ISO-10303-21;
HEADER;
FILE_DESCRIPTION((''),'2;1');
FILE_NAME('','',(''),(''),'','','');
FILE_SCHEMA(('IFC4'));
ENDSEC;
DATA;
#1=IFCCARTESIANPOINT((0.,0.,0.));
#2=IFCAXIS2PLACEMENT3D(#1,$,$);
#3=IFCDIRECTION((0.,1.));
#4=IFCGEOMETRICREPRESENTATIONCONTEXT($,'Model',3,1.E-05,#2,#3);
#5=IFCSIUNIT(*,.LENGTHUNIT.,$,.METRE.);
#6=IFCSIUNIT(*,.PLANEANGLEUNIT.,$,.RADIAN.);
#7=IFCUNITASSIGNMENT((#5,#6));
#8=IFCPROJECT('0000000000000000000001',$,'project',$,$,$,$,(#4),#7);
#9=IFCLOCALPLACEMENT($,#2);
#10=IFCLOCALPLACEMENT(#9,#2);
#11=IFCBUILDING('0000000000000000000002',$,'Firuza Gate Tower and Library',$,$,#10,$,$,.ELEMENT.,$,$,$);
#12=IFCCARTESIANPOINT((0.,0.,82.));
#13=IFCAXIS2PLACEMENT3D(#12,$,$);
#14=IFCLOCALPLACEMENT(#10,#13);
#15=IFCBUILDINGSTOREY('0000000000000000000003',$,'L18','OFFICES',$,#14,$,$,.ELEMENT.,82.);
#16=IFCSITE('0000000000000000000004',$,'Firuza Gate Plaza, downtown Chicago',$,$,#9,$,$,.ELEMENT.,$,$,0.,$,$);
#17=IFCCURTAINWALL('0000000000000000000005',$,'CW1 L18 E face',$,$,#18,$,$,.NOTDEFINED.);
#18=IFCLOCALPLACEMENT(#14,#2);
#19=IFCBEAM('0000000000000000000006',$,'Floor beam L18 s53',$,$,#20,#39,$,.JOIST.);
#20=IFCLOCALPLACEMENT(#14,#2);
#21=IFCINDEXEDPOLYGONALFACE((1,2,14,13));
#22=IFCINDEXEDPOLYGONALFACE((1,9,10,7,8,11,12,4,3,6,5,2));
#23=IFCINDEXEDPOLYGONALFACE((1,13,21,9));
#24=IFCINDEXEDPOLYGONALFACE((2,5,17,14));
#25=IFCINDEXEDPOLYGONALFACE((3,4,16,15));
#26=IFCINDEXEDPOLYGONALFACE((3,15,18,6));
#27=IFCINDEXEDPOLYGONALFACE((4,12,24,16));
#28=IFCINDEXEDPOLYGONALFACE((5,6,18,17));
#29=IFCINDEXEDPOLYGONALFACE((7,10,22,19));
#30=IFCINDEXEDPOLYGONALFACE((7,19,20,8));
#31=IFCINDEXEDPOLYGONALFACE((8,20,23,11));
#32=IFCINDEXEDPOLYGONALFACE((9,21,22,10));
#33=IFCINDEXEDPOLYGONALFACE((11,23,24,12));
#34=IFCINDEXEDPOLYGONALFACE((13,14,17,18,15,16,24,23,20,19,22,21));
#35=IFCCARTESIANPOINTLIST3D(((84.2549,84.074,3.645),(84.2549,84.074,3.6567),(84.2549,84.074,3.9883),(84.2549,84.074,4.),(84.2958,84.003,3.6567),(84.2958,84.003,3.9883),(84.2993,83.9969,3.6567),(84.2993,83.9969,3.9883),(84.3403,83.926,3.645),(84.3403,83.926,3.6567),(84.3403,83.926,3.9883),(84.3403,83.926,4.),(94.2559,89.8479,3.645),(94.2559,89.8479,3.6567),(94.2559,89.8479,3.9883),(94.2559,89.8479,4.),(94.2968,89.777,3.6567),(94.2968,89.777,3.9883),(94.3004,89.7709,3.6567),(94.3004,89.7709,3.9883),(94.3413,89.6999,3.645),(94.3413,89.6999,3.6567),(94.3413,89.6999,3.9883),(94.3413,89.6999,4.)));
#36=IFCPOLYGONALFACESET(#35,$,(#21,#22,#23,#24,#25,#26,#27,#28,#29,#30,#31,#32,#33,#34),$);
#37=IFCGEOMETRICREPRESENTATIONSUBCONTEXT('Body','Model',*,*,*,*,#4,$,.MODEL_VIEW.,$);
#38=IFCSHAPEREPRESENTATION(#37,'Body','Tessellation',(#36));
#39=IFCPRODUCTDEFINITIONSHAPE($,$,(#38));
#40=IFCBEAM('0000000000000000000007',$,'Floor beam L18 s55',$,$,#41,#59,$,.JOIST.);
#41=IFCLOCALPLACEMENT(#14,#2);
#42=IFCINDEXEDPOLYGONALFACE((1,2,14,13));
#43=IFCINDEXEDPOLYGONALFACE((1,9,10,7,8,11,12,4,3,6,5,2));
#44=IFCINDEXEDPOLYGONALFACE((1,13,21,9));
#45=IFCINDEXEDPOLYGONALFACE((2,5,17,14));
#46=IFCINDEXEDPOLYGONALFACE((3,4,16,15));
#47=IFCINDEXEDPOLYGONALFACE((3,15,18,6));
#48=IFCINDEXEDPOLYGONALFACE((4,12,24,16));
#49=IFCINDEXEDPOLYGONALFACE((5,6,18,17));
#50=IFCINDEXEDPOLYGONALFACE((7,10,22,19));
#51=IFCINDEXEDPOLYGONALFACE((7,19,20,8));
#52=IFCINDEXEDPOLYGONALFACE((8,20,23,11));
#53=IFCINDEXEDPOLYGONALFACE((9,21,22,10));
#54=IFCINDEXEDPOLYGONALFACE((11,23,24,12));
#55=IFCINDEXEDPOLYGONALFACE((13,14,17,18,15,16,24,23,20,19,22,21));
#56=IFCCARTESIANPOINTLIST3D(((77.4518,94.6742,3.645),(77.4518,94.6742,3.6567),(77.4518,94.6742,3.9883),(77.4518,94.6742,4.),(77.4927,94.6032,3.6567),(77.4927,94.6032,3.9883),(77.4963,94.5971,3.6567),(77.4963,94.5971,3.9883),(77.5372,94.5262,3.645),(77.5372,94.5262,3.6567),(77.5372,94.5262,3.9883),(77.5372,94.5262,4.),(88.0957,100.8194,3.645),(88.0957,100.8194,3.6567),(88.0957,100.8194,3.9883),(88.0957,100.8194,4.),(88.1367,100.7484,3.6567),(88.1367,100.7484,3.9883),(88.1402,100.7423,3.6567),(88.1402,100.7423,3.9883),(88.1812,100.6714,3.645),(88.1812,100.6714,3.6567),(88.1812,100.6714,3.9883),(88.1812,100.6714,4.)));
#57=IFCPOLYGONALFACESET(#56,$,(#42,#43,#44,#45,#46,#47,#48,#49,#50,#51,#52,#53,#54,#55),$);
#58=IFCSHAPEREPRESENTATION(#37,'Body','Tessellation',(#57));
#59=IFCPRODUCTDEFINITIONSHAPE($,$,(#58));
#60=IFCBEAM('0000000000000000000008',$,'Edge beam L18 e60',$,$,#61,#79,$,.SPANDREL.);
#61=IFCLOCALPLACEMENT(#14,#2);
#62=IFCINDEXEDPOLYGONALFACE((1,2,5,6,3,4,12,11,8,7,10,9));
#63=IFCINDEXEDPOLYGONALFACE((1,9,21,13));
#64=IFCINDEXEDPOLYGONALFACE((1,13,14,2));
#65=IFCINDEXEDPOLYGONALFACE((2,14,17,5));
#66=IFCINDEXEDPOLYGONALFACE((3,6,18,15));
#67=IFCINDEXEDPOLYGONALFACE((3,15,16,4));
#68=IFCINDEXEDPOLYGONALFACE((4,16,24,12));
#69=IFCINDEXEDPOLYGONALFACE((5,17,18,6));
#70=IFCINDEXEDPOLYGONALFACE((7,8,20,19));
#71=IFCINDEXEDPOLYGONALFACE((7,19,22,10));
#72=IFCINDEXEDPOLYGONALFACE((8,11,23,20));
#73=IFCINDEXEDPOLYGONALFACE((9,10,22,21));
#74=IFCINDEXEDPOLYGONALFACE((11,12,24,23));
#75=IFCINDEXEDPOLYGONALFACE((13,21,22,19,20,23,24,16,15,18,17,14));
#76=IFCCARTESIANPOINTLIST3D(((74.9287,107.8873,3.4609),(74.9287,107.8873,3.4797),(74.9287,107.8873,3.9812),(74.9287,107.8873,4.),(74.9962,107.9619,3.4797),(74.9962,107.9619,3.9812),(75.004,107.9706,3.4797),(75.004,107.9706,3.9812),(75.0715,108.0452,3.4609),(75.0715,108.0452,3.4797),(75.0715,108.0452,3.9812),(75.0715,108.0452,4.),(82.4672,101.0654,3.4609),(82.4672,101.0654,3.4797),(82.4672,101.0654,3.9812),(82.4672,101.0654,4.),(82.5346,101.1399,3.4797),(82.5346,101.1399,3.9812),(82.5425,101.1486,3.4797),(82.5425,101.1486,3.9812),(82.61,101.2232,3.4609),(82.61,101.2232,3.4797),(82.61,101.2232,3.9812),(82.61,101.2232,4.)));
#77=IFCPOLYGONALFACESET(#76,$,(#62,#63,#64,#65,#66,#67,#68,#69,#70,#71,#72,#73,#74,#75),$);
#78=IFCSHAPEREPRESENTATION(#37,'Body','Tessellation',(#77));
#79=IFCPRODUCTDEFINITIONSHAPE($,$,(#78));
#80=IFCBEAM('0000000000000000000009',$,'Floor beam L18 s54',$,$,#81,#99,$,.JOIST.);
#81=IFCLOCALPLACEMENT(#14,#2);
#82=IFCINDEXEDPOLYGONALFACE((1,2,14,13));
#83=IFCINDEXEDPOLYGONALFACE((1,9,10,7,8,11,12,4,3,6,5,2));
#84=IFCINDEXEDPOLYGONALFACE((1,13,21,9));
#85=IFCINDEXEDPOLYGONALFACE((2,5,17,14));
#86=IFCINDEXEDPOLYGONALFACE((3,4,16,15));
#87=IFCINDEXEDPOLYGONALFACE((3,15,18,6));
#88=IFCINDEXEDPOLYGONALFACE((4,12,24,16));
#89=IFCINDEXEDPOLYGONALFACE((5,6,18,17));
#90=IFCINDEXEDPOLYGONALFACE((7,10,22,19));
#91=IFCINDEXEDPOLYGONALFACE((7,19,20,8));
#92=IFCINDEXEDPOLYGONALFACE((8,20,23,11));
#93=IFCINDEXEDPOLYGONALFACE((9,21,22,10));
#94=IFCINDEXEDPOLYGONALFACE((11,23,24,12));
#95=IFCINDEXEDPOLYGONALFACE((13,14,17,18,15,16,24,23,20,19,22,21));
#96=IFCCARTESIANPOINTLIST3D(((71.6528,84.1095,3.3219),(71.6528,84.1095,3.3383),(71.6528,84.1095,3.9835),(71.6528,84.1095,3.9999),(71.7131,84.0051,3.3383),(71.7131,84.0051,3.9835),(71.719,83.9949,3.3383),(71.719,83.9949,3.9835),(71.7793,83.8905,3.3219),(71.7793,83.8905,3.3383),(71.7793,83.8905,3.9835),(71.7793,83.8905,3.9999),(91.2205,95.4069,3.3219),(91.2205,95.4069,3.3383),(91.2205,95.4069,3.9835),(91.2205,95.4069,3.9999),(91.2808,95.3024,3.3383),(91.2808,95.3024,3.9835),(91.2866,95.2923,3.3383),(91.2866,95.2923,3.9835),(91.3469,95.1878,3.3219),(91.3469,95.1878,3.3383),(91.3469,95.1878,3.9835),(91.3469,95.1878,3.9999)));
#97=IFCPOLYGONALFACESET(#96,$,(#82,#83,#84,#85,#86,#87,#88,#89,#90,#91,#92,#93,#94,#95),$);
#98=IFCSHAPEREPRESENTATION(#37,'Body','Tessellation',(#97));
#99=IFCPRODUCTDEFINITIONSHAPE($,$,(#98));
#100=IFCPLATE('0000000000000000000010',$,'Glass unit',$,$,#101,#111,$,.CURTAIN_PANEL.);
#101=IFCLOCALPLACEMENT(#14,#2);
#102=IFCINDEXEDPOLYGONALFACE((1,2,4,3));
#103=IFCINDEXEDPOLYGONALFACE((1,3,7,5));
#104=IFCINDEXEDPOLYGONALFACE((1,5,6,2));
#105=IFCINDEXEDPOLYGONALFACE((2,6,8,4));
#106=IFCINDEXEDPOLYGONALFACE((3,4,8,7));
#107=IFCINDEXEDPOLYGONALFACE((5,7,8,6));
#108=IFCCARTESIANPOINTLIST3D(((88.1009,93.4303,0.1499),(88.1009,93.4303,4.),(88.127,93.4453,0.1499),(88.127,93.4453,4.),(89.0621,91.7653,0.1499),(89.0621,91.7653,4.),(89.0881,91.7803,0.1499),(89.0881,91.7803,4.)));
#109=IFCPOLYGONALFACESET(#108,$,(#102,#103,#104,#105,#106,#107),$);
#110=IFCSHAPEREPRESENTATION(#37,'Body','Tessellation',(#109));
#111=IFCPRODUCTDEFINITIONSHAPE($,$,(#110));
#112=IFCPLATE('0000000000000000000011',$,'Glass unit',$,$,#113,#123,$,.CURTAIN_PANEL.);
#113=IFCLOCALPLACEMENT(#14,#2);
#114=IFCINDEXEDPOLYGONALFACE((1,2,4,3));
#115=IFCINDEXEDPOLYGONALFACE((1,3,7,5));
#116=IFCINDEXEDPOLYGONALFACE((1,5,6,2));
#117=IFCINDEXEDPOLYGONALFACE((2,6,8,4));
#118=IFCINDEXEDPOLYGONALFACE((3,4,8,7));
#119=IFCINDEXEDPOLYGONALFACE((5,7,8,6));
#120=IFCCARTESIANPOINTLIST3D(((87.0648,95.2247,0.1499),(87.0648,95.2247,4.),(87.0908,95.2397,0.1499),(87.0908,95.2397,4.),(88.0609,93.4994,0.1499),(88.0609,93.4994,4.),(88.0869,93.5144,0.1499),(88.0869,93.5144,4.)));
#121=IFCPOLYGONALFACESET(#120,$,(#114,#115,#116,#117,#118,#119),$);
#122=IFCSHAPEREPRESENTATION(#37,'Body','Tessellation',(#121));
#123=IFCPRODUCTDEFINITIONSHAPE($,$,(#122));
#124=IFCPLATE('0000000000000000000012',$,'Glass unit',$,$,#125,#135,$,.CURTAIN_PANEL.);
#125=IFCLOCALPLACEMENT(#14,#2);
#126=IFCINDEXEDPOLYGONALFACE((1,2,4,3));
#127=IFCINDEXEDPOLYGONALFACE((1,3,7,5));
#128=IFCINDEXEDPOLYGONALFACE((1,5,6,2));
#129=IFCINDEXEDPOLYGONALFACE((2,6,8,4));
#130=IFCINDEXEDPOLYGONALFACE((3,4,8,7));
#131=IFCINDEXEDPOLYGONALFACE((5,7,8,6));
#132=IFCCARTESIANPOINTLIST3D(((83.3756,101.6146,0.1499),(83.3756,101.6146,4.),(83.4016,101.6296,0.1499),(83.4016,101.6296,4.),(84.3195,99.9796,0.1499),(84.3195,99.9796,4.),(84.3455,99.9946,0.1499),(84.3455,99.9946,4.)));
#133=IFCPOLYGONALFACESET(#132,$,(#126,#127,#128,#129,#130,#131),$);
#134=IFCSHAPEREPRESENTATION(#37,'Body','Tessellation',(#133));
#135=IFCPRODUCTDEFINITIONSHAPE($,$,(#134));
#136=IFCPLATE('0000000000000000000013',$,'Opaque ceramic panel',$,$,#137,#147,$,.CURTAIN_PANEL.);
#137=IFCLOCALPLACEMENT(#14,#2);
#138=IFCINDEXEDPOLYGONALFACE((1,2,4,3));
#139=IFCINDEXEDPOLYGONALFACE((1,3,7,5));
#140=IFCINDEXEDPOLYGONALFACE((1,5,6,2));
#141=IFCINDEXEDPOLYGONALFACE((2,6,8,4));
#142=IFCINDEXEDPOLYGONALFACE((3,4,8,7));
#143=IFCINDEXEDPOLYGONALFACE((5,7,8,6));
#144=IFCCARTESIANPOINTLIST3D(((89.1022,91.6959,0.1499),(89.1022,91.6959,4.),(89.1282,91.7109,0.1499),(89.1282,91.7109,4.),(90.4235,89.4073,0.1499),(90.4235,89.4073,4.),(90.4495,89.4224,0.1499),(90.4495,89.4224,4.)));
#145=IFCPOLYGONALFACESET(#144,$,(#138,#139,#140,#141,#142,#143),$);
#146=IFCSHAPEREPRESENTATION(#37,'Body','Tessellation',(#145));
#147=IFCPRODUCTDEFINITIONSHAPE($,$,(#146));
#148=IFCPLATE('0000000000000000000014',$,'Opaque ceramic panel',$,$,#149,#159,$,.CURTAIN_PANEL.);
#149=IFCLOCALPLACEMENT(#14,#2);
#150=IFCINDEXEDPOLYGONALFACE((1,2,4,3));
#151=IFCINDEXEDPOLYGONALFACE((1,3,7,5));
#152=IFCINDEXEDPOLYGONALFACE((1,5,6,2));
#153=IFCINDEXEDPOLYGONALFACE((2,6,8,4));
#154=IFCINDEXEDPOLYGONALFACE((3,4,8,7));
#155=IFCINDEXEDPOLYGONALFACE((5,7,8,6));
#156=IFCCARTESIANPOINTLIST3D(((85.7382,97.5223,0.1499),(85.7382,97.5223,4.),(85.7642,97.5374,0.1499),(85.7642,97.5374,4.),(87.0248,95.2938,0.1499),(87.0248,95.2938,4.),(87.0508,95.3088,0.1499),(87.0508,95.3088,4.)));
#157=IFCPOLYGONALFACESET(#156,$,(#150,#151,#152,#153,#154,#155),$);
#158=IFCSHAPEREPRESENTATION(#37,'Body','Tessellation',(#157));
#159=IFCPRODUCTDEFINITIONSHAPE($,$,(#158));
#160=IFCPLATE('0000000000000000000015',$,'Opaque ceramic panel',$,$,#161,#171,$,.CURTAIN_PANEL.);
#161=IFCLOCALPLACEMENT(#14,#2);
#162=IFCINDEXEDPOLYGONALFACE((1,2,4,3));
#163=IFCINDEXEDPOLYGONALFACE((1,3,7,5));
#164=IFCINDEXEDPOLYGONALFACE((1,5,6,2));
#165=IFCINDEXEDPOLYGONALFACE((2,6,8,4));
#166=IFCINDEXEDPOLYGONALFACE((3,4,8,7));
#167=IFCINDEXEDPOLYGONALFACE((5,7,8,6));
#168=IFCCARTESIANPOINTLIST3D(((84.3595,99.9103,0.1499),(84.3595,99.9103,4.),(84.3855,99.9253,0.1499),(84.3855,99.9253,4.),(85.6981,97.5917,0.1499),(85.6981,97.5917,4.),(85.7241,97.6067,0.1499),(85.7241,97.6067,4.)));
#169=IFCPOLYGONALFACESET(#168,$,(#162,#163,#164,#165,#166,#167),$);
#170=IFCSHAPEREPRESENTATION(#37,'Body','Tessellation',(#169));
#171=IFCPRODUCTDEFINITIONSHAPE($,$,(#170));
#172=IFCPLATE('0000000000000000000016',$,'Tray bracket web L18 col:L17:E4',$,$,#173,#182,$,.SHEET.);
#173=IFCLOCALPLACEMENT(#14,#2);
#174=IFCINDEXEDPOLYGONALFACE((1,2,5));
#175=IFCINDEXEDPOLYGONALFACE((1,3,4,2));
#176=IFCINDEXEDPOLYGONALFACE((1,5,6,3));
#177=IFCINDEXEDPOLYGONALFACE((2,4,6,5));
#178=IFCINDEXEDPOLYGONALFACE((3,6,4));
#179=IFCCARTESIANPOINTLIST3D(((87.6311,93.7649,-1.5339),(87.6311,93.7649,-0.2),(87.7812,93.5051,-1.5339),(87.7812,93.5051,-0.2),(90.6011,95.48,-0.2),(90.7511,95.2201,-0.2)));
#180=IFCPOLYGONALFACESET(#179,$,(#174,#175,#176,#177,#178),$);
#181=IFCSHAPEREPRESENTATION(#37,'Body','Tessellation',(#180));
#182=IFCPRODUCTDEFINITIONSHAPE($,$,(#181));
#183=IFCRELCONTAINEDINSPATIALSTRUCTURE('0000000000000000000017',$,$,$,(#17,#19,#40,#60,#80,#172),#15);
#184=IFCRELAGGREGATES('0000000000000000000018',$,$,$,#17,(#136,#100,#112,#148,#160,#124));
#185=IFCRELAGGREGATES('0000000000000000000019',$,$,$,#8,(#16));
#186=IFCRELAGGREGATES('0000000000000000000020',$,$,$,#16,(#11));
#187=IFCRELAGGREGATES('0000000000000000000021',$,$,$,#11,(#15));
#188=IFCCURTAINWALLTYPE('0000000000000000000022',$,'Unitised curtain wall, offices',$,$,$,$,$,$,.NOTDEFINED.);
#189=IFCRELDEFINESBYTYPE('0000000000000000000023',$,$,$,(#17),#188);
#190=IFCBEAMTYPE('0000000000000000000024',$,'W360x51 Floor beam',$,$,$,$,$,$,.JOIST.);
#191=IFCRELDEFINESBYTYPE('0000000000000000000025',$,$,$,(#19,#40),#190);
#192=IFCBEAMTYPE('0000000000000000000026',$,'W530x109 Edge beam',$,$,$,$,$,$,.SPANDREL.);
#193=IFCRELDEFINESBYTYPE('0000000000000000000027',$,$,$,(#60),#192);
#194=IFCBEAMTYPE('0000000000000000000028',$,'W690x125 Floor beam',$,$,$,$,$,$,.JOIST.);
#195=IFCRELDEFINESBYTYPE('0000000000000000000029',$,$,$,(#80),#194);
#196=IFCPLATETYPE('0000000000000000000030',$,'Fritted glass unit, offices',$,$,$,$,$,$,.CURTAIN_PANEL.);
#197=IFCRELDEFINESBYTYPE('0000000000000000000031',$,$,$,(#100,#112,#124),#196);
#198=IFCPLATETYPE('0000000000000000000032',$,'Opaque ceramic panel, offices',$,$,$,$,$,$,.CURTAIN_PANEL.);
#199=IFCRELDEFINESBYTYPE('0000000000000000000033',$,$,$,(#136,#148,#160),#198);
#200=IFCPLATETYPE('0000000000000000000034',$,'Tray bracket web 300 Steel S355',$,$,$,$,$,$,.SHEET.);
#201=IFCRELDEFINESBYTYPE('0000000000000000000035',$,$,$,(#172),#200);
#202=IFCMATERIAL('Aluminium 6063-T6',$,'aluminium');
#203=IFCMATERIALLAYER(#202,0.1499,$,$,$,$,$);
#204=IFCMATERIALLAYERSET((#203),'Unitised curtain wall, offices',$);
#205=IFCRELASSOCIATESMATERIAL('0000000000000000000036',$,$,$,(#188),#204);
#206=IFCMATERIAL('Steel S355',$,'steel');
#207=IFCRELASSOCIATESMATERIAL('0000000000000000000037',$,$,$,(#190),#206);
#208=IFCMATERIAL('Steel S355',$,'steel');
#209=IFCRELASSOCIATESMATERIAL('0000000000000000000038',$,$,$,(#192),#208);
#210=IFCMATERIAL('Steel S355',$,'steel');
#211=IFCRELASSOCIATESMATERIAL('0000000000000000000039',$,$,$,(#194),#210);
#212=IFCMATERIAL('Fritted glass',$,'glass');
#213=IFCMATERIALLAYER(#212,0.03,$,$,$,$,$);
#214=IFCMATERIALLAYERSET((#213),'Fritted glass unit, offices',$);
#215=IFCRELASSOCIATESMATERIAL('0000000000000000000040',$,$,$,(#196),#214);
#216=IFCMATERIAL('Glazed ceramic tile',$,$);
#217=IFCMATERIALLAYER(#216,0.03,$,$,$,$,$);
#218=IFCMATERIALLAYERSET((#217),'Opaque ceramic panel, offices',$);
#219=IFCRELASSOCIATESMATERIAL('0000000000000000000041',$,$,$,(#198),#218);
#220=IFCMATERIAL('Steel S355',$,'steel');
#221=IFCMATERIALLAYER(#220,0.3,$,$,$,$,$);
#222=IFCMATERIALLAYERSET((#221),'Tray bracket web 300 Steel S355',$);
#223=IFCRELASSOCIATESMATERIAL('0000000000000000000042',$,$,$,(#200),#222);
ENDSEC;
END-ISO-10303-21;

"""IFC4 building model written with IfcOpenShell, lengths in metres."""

from ifc_helpers import new_model, si_unit, direction, frame, origin, origin_2d, place, context, subcontext, project, spatial, polyline, i_section, outline, extrude, material, layer, layer_set, material_profile, profile_set, type_object, element, aggregate, save


model = new_model("IFC4")

# Units and contexts
model_context = context("Model", 3, precision=1e-05, world=origin(), true_north=direction((0.0, 1.0)))
body_context = subcontext(model_context, "Body", "Model", "MODEL_VIEW")
ifc_project = project(units=[si_unit("LENGTHUNIT", "METRE"), si_unit("PLANEANGLEUNIT", "RADIAN")], contexts=[model_context])

# Site, building, storey
site_placement = place(None, origin())
site = spatial("IfcSite", under=ifc_project, at=site_placement, Name="Firuza Gate Plaza, downtown Chicago", CompositionType="ELEMENT", RefElevation=0.0)
building_placement = place(site_placement, origin())
building = spatial("IfcBuilding", under=site, at=building_placement, Name="Firuza Gate Tower and Library", CompositionType="ELEMENT")
storey_placement = place(building_placement, frame((0.0, 0.0, 82.0)))
storey = spatial("IfcBuildingStorey", under=building, at=storey_placement, Name="L18", Description="OFFICES", CompositionType="ELEMENT", Elevation=82.0)

# Curtain wall
ifc_material_1 = material(Name="Aluminium 6063-T6", Category="aluminium")
ifc_layer_1 = layer(ifc_material_1, 0.1499)
ifc_layer_set_1 = layer_set([ifc_layer_1], Name="Unitised curtain wall, offices")
curtain_wall_type = type_object("IfcCurtainWallType", Name="Unitised curtain wall, offices", PredefinedType="NOTDEFINED", material=ifc_layer_set_1)
curtain_wall_placement = place(storey_placement, origin())
curtain_wall = element("IfcCurtainWall", 1, at=curtain_wall_placement, inside=storey, type_object=curtain_wall_type, Name="CW1 L18 E face", PredefinedType="NOTDEFINED")

# Beams
ifc_material_2 = material(Name="Steel S355", Category="steel")
ifc_material_profile_1 = material_profile(ifc_material_2, i_section(OverallWidth=0.1709, OverallDepth=0.355, WebThickness=0.0071, FlangeThickness=0.0117, at=origin_2d()))
ifc_profile_set_1 = profile_set([ifc_material_profile_1], Name="Steel S355")
beam_type_1 = type_object("IfcBeamType", Name="W360x51 Floor beam", PredefinedType="JOIST", material=ifc_profile_set_1)
beam_1_placement = place(storey_placement, frame((94.2986, 89.7739, 3.8225), z_axis=(-0.866031, -0.499991, 0.0), x_axis=(0.499991, -0.866031, 0.0)))
element("IfcBeam", 2, at=beam_1_placement, inside=storey, type_object=beam_type_1, Name="Floor beam L18 s53", PredefinedType="JOIST", context=body_context, shape_type="SweptSolid", body=[
    extrude(i_section(OverallWidth=0.1709, OverallDepth=0.355, WebThickness=0.0071, FlangeThickness=0.0117, at=origin_2d()), origin(), (0.0, 0.0, 1.0), 11.5481),
])
beam_2_placement = place(storey_placement, frame((88.1384, 100.7454, 3.8225), z_axis=(-0.866028, -0.499995, 0.0), x_axis=(0.499995, -0.866028, 0.0)))
element("IfcBeam", 3, at=beam_2_placement, inside=storey, type_object=beam_type_1, Name="Floor beam L18 s55", PredefinedType="JOIST", context=body_context, shape_type="SweptSolid", body=[
    extrude(i_section(OverallWidth=0.1709, OverallDepth=0.355, WebThickness=0.0071, FlangeThickness=0.0117, at=origin_2d()), origin(), (0.0, 0.0, 1.0), 12.2905),
])
ifc_material_3 = material(Name="Steel S355", Category="steel")
ifc_material_profile_2 = material_profile(ifc_material_3, i_section(OverallWidth=0.2129, OverallDepth=0.5391, WebThickness=0.0117, FlangeThickness=0.0188, at=origin_2d()))
ifc_profile_set_2 = profile_set([ifc_material_profile_2], Name="Steel S355")
beam_type_2 = type_object("IfcBeamType", Name="W530x109 Edge beam", PredefinedType="SPANDREL", material=ifc_profile_set_2)
beam_3_placement = place(storey_placement, frame((82.5386, 101.1443, 3.7305), z_axis=(-0.741467, 0.670989, 0.0), x_axis=(-0.670989, -0.741467, 0.0)))
element("IfcBeam", 4, at=beam_3_placement, inside=storey, type_object=beam_type_2, Name="Edge beam L18 e60", PredefinedType="SPANDREL", context=body_context, shape_type="SweptSolid", body=[
    extrude(i_section(OverallWidth=0.2129, OverallDepth=0.5391, WebThickness=0.0117, FlangeThickness=0.0188, at=origin_2d()), origin(), (0.0, 0.0, 1.0), 10.167),
])
ifc_material_4 = material(Name="Steel S355", Category="steel")
ifc_material_profile_3 = material_profile(ifc_material_4, i_section(OverallWidth=0.2529, OverallDepth=0.678, WebThickness=0.0117, FlangeThickness=0.0164, at=origin_2d()))
ifc_profile_set_3 = profile_set([ifc_material_profile_3], Name="Steel S355")
beam_type_3 = type_object("IfcBeamType", Name="W690x125 Floor beam", PredefinedType="JOIST", material=ifc_profile_set_3)
beam_4_placement = place(storey_placement, frame((91.2837, 95.2974, 3.6609), z_axis=(-0.866026, -0.5, 0.0), x_axis=(0.5, -0.866026, 0.0)))
element("IfcBeam", 5, at=beam_4_placement, inside=storey, type_object=beam_type_3, Name="Floor beam L18 s54", PredefinedType="JOIST", context=body_context, shape_type="SweptSolid", body=[
    extrude(i_section(OverallWidth=0.2529, OverallDepth=0.678, WebThickness=0.0117, FlangeThickness=0.0164, at=origin_2d()), origin(), (0.0, 0.0, 1.0), 22.5947),
])

# Plates
ifc_material_5 = material(Name="Fritted glass", Category="glass")
ifc_layer_2 = layer(ifc_material_5, 0.03)
ifc_layer_set_2 = layer_set([ifc_layer_2], Name="Fritted glass unit, offices")
plate_type_1 = type_object("IfcPlateType", Name="Fritted glass unit, offices", PredefinedType="CURTAIN_PANEL", material=ifc_layer_set_2)
plate_1_placement = place(storey_placement, frame((89.0881, 91.7803, 0.1499), z_axis=(0.866054, 0.49995, 0.0), x_axis=(-0.49995, 0.866054, 0.0)))
plate_1 = element("IfcPlate", 6, at=plate_1_placement, type_object=plate_type_1, Name="Glass unit", PredefinedType="CURTAIN_PANEL", context=body_context, shape_type="SweptSolid", body=[
    extrude(outline(polyline([(0.0, 0.0), (1.9226, 0.0), (1.9226, 3.8501), (0.0, 3.8501), (0.0, 0.0)])), origin(), (0.0, 0.0, -1.0), 0.03),
])
plate_2_placement = place(storey_placement, frame((88.0869, 93.5144, 0.1499), z_axis=(0.866033, 0.499988, 0.0), x_axis=(-0.499988, 0.866033, 0.0)))
plate_2 = element("IfcPlate", 7, at=plate_2_placement, type_object=plate_type_1, Name="Glass unit", PredefinedType="CURTAIN_PANEL", context=body_context, shape_type="SweptSolid", body=[
    extrude(outline(polyline([(0.0, 0.0), (1.9922, 0.0), (1.9922, 3.8501), (0.0, 3.8501), (0.0, 0.0)])), origin(), (0.0, 0.0, -1.0), 0.03),
])
plate_3_placement = place(storey_placement, frame((84.3455, 99.9946, 0.1499), z_axis=(0.866054, 0.49995, 0.0), x_axis=(-0.49995, 0.866054, 0.0)))
plate_3 = element("IfcPlate", 8, at=plate_3_placement, type_object=plate_type_1, Name="Glass unit", PredefinedType="CURTAIN_PANEL", context=body_context, shape_type="SweptSolid", body=[
    extrude(outline(polyline([(0.0, 0.0), (1.8879, 0.0), (1.8879, 3.8501), (0.0, 3.8501), (0.0, 0.0)])), origin(), (0.0, 0.0, -1.0), 0.03),
])
ifc_material_6 = material(Name="Glazed ceramic tile")
ifc_layer_3 = layer(ifc_material_6, 0.03)
ifc_layer_set_3 = layer_set([ifc_layer_3], Name="Opaque ceramic panel, offices")
plate_type_2 = type_object("IfcPlateType", Name="Opaque ceramic panel, offices", PredefinedType="CURTAIN_PANEL", material=ifc_layer_set_3)
plate_4_placement = place(storey_placement, frame((90.4495, 89.4224, 0.1499), z_axis=(0.866029, 0.499994, 0.0), x_axis=(-0.499994, 0.866029, 0.0)))
plate_4 = element("IfcPlate", 9, at=plate_4_placement, type_object=plate_type_2, Name="Opaque ceramic panel", PredefinedType="CURTAIN_PANEL", context=body_context, shape_type="SweptSolid", body=[
    extrude(outline(polyline([(0.0, 0.0), (2.6426, 0.0), (2.6426, 3.8501), (0.0, 3.8501), (0.0, 0.0)])), origin(), (0.0, 0.0, -1.0), 0.03),
])
plate_5_placement = place(storey_placement, frame((87.0508, 95.3088, 0.1499), z_axis=(0.866028, 0.499996, 0.0), x_axis=(-0.499996, 0.866028, 0.0)))
plate_5 = element("IfcPlate", 10, at=plate_5_placement, type_object=plate_type_2, Name="Opaque ceramic panel", PredefinedType="CURTAIN_PANEL", context=body_context, shape_type="SweptSolid", body=[
    extrude(outline(polyline([(0.0, 0.0), (2.5733, 0.0), (2.5733, 3.8501), (0.0, 3.8501), (0.0, 0.0)])), origin(), (0.0, 0.0, -1.0), 0.03),
])
plate_6_placement = place(storey_placement, frame((85.7241, 97.6067, 0.1499), z_axis=(0.866029, 0.499993, 0.0), x_axis=(-0.499993, 0.866029, 0.0)))
plate_6 = element("IfcPlate", 11, at=plate_6_placement, type_object=plate_type_2, Name="Opaque ceramic panel", PredefinedType="CURTAIN_PANEL", context=body_context, shape_type="SweptSolid", body=[
    extrude(outline(polyline([(0.0, 0.0), (2.6773, 0.0), (2.6773, 3.8501), (0.0, 3.8501), (0.0, 0.0)])), origin(), (0.0, 0.0, -1.0), 0.03),
])
aggregate(curtain_wall, [plate_4, plate_1, plate_2, plate_5, plate_6, plate_3])
ifc_material_7 = material(Name="Steel S355", Category="steel")
ifc_layer_4 = layer(ifc_material_7, 0.3)
ifc_layer_set_4 = layer_set([ifc_layer_4], Name="Tray bracket web 300 Steel S355")
plate_type_3 = type_object("IfcPlateType", Name="Tray bracket web 300 Steel S355", PredefinedType="SHEET", material=ifc_layer_set_4)
plate_7_placement = place(storey_placement, frame((87.6311, 93.7649, -0.2), z_axis=(-0.500082, 0.865978, 0.0), x_axis=(0.865978, 0.500082, 0.0)))
element("IfcPlate", 12, at=plate_7_placement, inside=storey, type_object=plate_type_3, Name="Tray bracket web L18 col:L17:E4", PredefinedType="SHEET", context=body_context, shape_type="SweptSolid", body=[
    extrude(outline(polyline([(0.0, 0.0), (3.4296, 0.0), (0.0, 1.334), (0.0, 0.0)])), origin(), (0.0, 0.0, -1.0), 0.3),
])

save(model, "model.ifc")
